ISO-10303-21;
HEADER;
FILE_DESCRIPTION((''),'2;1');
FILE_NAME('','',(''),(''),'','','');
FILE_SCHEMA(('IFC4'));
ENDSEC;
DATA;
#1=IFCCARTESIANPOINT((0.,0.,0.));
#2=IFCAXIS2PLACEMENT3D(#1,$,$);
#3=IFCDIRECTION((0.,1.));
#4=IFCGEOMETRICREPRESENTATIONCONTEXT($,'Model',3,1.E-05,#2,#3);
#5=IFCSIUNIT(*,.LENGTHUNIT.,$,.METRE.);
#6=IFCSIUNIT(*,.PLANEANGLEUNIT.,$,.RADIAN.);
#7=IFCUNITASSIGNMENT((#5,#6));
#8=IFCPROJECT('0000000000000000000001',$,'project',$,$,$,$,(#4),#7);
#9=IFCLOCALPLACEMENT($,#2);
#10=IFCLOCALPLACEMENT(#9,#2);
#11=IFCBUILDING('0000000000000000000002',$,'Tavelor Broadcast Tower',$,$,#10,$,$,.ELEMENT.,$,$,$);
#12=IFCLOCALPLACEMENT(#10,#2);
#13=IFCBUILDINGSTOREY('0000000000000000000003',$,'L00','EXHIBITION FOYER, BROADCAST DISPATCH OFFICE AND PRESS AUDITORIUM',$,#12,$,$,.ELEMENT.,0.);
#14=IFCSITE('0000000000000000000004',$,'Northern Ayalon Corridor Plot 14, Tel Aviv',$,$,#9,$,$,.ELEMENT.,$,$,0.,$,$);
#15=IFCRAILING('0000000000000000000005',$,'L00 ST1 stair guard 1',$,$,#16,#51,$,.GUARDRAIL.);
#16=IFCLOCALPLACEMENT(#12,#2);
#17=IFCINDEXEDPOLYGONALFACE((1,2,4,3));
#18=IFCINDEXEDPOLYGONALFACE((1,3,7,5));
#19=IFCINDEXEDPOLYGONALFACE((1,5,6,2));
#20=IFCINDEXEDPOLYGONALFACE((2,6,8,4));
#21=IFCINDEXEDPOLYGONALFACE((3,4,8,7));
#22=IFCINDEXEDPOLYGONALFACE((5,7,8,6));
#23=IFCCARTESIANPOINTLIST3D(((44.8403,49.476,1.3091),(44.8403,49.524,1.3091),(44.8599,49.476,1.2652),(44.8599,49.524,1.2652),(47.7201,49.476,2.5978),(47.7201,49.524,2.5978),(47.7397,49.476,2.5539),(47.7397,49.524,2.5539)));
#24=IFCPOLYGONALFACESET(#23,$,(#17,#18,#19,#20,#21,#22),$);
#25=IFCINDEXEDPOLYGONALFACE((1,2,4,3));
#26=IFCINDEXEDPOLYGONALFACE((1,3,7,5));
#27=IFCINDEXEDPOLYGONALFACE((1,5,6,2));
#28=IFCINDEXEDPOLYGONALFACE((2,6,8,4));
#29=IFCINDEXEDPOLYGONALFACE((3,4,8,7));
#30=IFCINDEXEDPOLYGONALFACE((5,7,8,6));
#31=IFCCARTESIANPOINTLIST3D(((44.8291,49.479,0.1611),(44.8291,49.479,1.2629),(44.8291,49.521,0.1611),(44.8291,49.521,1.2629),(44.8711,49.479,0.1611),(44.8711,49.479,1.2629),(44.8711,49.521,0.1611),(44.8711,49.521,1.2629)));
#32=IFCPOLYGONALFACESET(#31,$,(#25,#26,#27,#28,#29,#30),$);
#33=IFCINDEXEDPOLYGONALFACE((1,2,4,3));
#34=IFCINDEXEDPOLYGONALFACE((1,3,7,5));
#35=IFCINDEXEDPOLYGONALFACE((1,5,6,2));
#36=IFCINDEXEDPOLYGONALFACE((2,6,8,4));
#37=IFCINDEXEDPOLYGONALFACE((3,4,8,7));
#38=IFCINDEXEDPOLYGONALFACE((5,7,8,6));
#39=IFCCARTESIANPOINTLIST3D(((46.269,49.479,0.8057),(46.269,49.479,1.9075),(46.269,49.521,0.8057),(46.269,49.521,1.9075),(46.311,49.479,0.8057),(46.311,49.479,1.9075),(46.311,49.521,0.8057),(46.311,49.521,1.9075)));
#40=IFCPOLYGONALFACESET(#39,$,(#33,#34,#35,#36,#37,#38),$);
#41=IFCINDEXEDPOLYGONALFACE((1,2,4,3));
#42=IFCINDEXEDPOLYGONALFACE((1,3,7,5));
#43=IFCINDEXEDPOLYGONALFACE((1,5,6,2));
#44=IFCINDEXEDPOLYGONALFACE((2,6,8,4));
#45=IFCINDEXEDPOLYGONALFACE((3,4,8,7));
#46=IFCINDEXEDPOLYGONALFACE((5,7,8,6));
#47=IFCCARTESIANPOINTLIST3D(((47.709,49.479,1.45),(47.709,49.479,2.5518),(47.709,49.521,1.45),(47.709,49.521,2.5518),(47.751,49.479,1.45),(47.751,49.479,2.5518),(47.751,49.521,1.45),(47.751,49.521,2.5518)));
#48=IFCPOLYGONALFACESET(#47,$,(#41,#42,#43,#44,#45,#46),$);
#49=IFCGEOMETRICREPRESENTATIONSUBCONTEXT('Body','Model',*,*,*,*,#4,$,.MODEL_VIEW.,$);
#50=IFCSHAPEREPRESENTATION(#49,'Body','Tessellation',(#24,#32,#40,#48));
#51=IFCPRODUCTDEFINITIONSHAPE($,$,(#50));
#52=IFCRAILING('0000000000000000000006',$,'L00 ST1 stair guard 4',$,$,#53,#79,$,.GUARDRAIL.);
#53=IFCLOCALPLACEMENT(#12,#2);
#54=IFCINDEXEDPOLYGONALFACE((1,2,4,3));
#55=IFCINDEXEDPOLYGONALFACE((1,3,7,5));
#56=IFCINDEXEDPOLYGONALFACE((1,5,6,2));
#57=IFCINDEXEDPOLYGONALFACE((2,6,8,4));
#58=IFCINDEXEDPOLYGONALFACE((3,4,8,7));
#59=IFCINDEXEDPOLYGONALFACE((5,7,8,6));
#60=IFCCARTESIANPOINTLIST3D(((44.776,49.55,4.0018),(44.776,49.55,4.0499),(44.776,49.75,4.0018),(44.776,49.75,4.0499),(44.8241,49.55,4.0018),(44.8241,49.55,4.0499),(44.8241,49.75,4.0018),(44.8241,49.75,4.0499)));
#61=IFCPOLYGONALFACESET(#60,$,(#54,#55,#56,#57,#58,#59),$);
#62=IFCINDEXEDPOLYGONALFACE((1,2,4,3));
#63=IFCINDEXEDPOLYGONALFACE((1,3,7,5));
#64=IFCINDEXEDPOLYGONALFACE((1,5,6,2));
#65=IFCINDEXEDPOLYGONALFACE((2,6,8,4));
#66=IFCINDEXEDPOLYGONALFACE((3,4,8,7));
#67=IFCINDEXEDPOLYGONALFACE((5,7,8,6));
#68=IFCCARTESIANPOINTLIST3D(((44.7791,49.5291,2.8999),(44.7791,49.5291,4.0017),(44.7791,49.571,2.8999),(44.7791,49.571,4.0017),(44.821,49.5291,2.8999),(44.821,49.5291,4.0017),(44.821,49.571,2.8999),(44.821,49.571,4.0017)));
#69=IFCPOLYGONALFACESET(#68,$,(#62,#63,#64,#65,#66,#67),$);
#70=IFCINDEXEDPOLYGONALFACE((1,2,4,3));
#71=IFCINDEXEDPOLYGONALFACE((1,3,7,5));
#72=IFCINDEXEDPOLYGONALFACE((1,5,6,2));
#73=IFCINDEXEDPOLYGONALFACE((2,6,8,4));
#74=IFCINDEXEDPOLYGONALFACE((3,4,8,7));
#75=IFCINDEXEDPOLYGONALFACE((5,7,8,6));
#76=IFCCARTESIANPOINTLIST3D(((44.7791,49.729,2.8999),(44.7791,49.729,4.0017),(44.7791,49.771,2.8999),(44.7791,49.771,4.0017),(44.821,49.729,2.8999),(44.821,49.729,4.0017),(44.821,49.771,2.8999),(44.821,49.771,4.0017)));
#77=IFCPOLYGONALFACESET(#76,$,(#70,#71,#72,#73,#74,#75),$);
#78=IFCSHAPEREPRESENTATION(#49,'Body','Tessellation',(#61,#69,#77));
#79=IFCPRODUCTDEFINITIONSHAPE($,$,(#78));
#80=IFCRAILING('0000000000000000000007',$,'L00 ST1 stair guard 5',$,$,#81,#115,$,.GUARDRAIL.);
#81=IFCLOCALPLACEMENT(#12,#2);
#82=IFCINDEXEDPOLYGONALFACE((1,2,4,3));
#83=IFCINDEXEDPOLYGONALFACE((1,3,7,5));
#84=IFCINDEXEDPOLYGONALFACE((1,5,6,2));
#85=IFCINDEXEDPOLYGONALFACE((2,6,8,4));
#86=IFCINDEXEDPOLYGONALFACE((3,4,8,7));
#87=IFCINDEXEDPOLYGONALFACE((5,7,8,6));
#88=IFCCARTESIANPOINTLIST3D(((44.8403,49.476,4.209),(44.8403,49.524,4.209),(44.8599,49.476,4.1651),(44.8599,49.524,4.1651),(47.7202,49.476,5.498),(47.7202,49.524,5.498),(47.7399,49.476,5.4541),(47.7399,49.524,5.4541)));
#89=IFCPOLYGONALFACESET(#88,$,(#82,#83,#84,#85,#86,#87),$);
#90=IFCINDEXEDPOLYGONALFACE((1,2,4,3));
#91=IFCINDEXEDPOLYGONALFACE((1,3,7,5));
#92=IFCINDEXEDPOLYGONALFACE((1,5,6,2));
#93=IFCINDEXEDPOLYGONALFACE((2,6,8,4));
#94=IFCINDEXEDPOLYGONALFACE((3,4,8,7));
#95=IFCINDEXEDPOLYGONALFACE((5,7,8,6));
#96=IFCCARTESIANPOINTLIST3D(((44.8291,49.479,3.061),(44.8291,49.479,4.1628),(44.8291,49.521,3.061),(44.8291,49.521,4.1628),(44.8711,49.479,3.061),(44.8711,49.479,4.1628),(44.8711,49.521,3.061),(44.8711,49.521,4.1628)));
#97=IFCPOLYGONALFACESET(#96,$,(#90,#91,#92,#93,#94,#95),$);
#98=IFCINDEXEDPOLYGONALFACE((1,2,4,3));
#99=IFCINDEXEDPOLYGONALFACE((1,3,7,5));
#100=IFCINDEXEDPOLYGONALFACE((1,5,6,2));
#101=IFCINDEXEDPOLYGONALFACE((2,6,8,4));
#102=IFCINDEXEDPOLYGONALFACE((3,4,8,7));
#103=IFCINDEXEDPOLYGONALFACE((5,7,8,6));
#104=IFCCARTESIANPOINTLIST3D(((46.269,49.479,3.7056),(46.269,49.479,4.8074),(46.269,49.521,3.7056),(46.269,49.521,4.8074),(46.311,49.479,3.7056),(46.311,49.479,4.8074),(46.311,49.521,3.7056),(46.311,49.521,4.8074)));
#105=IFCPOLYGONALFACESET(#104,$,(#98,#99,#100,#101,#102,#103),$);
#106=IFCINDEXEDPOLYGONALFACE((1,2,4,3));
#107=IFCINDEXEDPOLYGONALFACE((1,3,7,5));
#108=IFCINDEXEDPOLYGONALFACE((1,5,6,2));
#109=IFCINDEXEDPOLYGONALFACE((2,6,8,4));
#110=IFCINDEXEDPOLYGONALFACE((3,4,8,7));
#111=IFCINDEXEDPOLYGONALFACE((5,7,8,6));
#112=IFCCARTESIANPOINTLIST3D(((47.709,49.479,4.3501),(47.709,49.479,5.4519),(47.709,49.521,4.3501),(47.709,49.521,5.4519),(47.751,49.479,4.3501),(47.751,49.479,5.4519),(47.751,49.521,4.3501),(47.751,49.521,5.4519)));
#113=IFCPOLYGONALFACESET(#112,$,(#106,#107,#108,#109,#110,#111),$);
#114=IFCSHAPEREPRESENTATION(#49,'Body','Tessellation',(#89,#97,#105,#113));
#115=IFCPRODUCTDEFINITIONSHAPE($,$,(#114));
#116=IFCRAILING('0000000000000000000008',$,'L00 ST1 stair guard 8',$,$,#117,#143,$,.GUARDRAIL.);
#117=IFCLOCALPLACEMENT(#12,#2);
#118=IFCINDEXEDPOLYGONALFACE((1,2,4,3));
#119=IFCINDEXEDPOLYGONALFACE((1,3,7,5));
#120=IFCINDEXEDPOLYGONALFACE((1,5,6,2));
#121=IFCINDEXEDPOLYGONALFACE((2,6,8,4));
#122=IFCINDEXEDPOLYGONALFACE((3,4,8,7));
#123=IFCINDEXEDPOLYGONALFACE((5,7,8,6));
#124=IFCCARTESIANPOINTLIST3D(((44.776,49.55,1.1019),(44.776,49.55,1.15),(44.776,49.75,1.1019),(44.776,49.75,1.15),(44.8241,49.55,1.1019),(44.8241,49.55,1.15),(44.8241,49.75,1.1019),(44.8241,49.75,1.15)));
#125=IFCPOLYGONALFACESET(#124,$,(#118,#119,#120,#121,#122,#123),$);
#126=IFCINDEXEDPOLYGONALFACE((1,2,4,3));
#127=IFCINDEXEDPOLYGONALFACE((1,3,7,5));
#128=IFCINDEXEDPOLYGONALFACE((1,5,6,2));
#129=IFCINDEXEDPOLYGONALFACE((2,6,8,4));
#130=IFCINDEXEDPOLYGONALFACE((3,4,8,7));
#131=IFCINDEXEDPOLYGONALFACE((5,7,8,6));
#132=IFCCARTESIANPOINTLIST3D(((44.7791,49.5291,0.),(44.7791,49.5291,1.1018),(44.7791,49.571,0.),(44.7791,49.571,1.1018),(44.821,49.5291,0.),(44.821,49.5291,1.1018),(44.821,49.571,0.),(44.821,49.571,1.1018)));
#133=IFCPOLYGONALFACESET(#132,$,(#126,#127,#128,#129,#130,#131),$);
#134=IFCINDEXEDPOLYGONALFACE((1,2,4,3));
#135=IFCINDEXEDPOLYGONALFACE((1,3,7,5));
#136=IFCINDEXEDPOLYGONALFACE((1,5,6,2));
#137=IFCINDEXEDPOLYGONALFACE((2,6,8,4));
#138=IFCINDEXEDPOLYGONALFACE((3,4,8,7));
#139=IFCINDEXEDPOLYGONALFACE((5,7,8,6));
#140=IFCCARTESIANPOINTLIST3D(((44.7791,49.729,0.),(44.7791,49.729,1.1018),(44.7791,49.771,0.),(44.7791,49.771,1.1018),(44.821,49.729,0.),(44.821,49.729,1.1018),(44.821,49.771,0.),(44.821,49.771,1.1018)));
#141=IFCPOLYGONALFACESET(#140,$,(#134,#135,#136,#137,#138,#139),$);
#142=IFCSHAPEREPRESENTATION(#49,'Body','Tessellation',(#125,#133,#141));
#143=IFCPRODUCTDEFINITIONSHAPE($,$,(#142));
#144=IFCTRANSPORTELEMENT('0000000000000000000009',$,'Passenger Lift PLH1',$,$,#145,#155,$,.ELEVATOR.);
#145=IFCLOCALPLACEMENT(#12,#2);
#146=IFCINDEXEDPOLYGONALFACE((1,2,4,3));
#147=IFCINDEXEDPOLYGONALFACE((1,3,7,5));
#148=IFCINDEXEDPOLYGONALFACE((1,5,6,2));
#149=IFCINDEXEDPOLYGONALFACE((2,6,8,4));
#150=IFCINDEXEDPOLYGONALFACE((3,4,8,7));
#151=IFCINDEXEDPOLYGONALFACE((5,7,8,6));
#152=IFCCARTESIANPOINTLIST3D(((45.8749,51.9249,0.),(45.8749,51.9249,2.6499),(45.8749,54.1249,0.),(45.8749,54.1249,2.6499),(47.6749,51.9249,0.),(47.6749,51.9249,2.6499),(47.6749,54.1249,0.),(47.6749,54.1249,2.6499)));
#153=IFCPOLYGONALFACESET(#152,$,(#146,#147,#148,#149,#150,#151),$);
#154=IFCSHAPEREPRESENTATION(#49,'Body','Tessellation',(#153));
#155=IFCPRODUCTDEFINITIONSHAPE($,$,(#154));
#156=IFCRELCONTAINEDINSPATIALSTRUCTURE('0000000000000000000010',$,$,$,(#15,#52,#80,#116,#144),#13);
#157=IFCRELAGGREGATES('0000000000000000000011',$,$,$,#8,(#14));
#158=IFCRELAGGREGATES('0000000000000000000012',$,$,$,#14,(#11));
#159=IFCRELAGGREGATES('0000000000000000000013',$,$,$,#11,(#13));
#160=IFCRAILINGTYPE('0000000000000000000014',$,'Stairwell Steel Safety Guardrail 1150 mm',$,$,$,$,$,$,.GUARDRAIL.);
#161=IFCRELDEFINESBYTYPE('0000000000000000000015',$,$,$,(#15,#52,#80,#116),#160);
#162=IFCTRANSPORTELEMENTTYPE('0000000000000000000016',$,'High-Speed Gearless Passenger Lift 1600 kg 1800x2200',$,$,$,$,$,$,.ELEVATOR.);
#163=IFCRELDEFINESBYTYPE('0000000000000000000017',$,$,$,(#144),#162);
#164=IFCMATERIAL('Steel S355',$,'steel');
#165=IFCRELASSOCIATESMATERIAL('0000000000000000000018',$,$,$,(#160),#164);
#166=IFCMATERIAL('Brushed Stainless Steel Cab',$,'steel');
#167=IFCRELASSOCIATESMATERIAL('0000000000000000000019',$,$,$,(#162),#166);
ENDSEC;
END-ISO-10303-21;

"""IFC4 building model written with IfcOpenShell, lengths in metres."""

from ifc_helpers import new_model, si_unit, direction, frame, origin, origin_2d, place, context, subcontext, project, spatial, rectangle, extrude, material, type_object, element, save


model = new_model("IFC4")

# Units and contexts
model_context = context("Model", 3, precision=1e-05, world=origin(), true_north=direction((0.0, 1.0)))
body_context = subcontext(model_context, "Body", "Model", "MODEL_VIEW")
ifc_project = project(units=[si_unit("LENGTHUNIT", "METRE"), si_unit("PLANEANGLEUNIT", "RADIAN")], contexts=[model_context])

# Site, building, storey
site_placement = place(None, origin())
site = spatial("IfcSite", under=ifc_project, at=site_placement, Name="Northern Ayalon Corridor Plot 14, Tel Aviv", CompositionType="ELEMENT", RefElevation=0.0)
building_placement = place(site_placement, origin())
building = spatial("IfcBuilding", under=site, at=building_placement, Name="Tavelor Broadcast Tower", CompositionType="ELEMENT")
storey_placement = place(building_placement, origin())
storey = spatial("IfcBuildingStorey", under=building, at=storey_placement, Name="L00", Description="EXHIBITION FOYER, BROADCAST DISPATCH OFFICE AND PRESS AUDITORIUM", CompositionType="ELEMENT", Elevation=0.0)

# Shared definitions
ifc_material_1 = material(Name="Steel S355", Category="steel")

# Railings
railing_type_1 = type_object("IfcRailingType", Name="Stairwell Steel Safety Guardrail 1150 mm", PredefinedType="GUARDRAIL", material=ifc_material_1)
railing_1_placement = place(storey_placement, frame((44.8501, 49.5, 0.1611)))
element("IfcRailing", 1, at=railing_1_placement, inside=storey, type_object=railing_type_1, Name="L00 ST1 stair guard 1", PredefinedType="GUARDRAIL", context=body_context, shape_type="SweptSolid", body=[
    extrude(rectangle(XDim=0.0481, YDim=0.0481, at=origin_2d()), frame((0.0, 0.0, 1.126), z_axis=(0.912765, 0.0, 0.408485), x_axis=(0.0, 1.0, 0.0)), (0.0, 0.0, 1.0), 3.155),
    extrude(rectangle(XDim=0.042, YDim=0.042, at=origin_2d()), origin(), (0.0, 0.0, 1.0), 1.1018),
    extrude(rectangle(XDim=0.042, YDim=0.042, at=origin_2d()), frame((1.4399, 0.0, 0.6445)), (0.0, 0.0, 1.0), 1.1018),
    extrude(rectangle(XDim=0.042, YDim=0.042, at=origin_2d()), frame((2.8799, 0.0, 1.2888)), (0.0, 0.0, 1.0), 1.1018),
])
railing_2_placement = place(storey_placement, frame((44.8, 49.55, 2.8999)))
element("IfcRailing", 2, at=railing_2_placement, inside=storey, type_object=railing_type_1, Name="L00 ST1 stair guard 4", PredefinedType="GUARDRAIL", context=body_context, shape_type="SweptSolid", body=[
    extrude(rectangle(XDim=0.0481, YDim=0.0481, at=origin_2d()), frame((0.0, 0.0, 1.126), z_axis=(0.0, 1.0, 0.0), x_axis=(-1.0, 0.0, 0.0)), (0.0, 0.0, 1.0), 0.2),
    extrude(rectangle(XDim=0.042, YDim=0.042, at=origin_2d()), origin(), (0.0, 0.0, 1.0), 1.1018),
    extrude(rectangle(XDim=0.042, YDim=0.042, at=origin_2d()), frame((0.0, 0.2, 0.0)), (0.0, 0.0, 1.0), 1.1018),
])
railing_3_placement = place(storey_placement, frame((44.8501, 49.5, 3.061)))
element("IfcRailing", 3, at=railing_3_placement, inside=storey, type_object=railing_type_1, Name="L00 ST1 stair guard 5", PredefinedType="GUARDRAIL", context=body_context, shape_type="SweptSolid", body=[
    extrude(rectangle(XDim=0.0481, YDim=0.0481, at=origin_2d()), frame((0.0, 0.0, 1.126), z_axis=(0.912736, 0.0, 0.408549), x_axis=(0.0, 1.0, 0.0)), (0.0, 0.0, 1.0), 3.1553),
    extrude(rectangle(XDim=0.042, YDim=0.042, at=origin_2d()), origin(), (0.0, 0.0, 1.0), 1.1018),
    extrude(rectangle(XDim=0.042, YDim=0.042, at=origin_2d()), frame((1.4399, 0.0, 0.6445)), (0.0, 0.0, 1.0), 1.1018),
    extrude(rectangle(XDim=0.042, YDim=0.042, at=origin_2d()), frame((2.8799, 0.0, 1.2891)), (0.0, 0.0, 1.0), 1.1018),
])
railing_4_placement = place(storey_placement, frame((44.8, 49.55, 0.0)))
element("IfcRailing", 4, at=railing_4_placement, inside=storey, type_object=railing_type_1, Name="L00 ST1 stair guard 8", PredefinedType="GUARDRAIL", context=body_context, shape_type="SweptSolid", body=[
    extrude(rectangle(XDim=0.0481, YDim=0.0481, at=origin_2d()), frame((0.0, 0.0, 1.126), z_axis=(0.0, 1.0, 0.0), x_axis=(-1.0, 0.0, 0.0)), (0.0, 0.0, 1.0), 0.2),
    extrude(rectangle(XDim=0.042, YDim=0.042, at=origin_2d()), origin(), (0.0, 0.0, 1.0), 1.1018),
    extrude(rectangle(XDim=0.042, YDim=0.042, at=origin_2d()), frame((0.0, 0.2, 0.0)), (0.0, 0.0, 1.0), 1.1018),
])

# Transport element
ifc_material_2 = material(Name="Brushed Stainless Steel Cab", Category="steel")
transport_element_type = type_object("IfcTransportElementType", Name="High-Speed Gearless Passenger Lift 1600 kg 1800x2200", PredefinedType="ELEVATOR", material=ifc_material_2)
transport_element_placement = place(storey_placement, frame((46.7749, 53.0249, 0.0), z_axis=(0.0, 0.0, 1.0), x_axis=(1.0, 0.0, 0.0)))
element("IfcTransportElement", 5, at=transport_element_placement, inside=storey, type_object=transport_element_type, Name="Passenger Lift PLH1", PredefinedType="ELEVATOR", context=body_context, shape_type="SweptSolid", body=[
    extrude(rectangle(XDim=1.8, YDim=2.2, at=origin_2d()), origin(), (0.0, 0.0, 1.0), 2.6499),
])

save(model, "model.ifc")
